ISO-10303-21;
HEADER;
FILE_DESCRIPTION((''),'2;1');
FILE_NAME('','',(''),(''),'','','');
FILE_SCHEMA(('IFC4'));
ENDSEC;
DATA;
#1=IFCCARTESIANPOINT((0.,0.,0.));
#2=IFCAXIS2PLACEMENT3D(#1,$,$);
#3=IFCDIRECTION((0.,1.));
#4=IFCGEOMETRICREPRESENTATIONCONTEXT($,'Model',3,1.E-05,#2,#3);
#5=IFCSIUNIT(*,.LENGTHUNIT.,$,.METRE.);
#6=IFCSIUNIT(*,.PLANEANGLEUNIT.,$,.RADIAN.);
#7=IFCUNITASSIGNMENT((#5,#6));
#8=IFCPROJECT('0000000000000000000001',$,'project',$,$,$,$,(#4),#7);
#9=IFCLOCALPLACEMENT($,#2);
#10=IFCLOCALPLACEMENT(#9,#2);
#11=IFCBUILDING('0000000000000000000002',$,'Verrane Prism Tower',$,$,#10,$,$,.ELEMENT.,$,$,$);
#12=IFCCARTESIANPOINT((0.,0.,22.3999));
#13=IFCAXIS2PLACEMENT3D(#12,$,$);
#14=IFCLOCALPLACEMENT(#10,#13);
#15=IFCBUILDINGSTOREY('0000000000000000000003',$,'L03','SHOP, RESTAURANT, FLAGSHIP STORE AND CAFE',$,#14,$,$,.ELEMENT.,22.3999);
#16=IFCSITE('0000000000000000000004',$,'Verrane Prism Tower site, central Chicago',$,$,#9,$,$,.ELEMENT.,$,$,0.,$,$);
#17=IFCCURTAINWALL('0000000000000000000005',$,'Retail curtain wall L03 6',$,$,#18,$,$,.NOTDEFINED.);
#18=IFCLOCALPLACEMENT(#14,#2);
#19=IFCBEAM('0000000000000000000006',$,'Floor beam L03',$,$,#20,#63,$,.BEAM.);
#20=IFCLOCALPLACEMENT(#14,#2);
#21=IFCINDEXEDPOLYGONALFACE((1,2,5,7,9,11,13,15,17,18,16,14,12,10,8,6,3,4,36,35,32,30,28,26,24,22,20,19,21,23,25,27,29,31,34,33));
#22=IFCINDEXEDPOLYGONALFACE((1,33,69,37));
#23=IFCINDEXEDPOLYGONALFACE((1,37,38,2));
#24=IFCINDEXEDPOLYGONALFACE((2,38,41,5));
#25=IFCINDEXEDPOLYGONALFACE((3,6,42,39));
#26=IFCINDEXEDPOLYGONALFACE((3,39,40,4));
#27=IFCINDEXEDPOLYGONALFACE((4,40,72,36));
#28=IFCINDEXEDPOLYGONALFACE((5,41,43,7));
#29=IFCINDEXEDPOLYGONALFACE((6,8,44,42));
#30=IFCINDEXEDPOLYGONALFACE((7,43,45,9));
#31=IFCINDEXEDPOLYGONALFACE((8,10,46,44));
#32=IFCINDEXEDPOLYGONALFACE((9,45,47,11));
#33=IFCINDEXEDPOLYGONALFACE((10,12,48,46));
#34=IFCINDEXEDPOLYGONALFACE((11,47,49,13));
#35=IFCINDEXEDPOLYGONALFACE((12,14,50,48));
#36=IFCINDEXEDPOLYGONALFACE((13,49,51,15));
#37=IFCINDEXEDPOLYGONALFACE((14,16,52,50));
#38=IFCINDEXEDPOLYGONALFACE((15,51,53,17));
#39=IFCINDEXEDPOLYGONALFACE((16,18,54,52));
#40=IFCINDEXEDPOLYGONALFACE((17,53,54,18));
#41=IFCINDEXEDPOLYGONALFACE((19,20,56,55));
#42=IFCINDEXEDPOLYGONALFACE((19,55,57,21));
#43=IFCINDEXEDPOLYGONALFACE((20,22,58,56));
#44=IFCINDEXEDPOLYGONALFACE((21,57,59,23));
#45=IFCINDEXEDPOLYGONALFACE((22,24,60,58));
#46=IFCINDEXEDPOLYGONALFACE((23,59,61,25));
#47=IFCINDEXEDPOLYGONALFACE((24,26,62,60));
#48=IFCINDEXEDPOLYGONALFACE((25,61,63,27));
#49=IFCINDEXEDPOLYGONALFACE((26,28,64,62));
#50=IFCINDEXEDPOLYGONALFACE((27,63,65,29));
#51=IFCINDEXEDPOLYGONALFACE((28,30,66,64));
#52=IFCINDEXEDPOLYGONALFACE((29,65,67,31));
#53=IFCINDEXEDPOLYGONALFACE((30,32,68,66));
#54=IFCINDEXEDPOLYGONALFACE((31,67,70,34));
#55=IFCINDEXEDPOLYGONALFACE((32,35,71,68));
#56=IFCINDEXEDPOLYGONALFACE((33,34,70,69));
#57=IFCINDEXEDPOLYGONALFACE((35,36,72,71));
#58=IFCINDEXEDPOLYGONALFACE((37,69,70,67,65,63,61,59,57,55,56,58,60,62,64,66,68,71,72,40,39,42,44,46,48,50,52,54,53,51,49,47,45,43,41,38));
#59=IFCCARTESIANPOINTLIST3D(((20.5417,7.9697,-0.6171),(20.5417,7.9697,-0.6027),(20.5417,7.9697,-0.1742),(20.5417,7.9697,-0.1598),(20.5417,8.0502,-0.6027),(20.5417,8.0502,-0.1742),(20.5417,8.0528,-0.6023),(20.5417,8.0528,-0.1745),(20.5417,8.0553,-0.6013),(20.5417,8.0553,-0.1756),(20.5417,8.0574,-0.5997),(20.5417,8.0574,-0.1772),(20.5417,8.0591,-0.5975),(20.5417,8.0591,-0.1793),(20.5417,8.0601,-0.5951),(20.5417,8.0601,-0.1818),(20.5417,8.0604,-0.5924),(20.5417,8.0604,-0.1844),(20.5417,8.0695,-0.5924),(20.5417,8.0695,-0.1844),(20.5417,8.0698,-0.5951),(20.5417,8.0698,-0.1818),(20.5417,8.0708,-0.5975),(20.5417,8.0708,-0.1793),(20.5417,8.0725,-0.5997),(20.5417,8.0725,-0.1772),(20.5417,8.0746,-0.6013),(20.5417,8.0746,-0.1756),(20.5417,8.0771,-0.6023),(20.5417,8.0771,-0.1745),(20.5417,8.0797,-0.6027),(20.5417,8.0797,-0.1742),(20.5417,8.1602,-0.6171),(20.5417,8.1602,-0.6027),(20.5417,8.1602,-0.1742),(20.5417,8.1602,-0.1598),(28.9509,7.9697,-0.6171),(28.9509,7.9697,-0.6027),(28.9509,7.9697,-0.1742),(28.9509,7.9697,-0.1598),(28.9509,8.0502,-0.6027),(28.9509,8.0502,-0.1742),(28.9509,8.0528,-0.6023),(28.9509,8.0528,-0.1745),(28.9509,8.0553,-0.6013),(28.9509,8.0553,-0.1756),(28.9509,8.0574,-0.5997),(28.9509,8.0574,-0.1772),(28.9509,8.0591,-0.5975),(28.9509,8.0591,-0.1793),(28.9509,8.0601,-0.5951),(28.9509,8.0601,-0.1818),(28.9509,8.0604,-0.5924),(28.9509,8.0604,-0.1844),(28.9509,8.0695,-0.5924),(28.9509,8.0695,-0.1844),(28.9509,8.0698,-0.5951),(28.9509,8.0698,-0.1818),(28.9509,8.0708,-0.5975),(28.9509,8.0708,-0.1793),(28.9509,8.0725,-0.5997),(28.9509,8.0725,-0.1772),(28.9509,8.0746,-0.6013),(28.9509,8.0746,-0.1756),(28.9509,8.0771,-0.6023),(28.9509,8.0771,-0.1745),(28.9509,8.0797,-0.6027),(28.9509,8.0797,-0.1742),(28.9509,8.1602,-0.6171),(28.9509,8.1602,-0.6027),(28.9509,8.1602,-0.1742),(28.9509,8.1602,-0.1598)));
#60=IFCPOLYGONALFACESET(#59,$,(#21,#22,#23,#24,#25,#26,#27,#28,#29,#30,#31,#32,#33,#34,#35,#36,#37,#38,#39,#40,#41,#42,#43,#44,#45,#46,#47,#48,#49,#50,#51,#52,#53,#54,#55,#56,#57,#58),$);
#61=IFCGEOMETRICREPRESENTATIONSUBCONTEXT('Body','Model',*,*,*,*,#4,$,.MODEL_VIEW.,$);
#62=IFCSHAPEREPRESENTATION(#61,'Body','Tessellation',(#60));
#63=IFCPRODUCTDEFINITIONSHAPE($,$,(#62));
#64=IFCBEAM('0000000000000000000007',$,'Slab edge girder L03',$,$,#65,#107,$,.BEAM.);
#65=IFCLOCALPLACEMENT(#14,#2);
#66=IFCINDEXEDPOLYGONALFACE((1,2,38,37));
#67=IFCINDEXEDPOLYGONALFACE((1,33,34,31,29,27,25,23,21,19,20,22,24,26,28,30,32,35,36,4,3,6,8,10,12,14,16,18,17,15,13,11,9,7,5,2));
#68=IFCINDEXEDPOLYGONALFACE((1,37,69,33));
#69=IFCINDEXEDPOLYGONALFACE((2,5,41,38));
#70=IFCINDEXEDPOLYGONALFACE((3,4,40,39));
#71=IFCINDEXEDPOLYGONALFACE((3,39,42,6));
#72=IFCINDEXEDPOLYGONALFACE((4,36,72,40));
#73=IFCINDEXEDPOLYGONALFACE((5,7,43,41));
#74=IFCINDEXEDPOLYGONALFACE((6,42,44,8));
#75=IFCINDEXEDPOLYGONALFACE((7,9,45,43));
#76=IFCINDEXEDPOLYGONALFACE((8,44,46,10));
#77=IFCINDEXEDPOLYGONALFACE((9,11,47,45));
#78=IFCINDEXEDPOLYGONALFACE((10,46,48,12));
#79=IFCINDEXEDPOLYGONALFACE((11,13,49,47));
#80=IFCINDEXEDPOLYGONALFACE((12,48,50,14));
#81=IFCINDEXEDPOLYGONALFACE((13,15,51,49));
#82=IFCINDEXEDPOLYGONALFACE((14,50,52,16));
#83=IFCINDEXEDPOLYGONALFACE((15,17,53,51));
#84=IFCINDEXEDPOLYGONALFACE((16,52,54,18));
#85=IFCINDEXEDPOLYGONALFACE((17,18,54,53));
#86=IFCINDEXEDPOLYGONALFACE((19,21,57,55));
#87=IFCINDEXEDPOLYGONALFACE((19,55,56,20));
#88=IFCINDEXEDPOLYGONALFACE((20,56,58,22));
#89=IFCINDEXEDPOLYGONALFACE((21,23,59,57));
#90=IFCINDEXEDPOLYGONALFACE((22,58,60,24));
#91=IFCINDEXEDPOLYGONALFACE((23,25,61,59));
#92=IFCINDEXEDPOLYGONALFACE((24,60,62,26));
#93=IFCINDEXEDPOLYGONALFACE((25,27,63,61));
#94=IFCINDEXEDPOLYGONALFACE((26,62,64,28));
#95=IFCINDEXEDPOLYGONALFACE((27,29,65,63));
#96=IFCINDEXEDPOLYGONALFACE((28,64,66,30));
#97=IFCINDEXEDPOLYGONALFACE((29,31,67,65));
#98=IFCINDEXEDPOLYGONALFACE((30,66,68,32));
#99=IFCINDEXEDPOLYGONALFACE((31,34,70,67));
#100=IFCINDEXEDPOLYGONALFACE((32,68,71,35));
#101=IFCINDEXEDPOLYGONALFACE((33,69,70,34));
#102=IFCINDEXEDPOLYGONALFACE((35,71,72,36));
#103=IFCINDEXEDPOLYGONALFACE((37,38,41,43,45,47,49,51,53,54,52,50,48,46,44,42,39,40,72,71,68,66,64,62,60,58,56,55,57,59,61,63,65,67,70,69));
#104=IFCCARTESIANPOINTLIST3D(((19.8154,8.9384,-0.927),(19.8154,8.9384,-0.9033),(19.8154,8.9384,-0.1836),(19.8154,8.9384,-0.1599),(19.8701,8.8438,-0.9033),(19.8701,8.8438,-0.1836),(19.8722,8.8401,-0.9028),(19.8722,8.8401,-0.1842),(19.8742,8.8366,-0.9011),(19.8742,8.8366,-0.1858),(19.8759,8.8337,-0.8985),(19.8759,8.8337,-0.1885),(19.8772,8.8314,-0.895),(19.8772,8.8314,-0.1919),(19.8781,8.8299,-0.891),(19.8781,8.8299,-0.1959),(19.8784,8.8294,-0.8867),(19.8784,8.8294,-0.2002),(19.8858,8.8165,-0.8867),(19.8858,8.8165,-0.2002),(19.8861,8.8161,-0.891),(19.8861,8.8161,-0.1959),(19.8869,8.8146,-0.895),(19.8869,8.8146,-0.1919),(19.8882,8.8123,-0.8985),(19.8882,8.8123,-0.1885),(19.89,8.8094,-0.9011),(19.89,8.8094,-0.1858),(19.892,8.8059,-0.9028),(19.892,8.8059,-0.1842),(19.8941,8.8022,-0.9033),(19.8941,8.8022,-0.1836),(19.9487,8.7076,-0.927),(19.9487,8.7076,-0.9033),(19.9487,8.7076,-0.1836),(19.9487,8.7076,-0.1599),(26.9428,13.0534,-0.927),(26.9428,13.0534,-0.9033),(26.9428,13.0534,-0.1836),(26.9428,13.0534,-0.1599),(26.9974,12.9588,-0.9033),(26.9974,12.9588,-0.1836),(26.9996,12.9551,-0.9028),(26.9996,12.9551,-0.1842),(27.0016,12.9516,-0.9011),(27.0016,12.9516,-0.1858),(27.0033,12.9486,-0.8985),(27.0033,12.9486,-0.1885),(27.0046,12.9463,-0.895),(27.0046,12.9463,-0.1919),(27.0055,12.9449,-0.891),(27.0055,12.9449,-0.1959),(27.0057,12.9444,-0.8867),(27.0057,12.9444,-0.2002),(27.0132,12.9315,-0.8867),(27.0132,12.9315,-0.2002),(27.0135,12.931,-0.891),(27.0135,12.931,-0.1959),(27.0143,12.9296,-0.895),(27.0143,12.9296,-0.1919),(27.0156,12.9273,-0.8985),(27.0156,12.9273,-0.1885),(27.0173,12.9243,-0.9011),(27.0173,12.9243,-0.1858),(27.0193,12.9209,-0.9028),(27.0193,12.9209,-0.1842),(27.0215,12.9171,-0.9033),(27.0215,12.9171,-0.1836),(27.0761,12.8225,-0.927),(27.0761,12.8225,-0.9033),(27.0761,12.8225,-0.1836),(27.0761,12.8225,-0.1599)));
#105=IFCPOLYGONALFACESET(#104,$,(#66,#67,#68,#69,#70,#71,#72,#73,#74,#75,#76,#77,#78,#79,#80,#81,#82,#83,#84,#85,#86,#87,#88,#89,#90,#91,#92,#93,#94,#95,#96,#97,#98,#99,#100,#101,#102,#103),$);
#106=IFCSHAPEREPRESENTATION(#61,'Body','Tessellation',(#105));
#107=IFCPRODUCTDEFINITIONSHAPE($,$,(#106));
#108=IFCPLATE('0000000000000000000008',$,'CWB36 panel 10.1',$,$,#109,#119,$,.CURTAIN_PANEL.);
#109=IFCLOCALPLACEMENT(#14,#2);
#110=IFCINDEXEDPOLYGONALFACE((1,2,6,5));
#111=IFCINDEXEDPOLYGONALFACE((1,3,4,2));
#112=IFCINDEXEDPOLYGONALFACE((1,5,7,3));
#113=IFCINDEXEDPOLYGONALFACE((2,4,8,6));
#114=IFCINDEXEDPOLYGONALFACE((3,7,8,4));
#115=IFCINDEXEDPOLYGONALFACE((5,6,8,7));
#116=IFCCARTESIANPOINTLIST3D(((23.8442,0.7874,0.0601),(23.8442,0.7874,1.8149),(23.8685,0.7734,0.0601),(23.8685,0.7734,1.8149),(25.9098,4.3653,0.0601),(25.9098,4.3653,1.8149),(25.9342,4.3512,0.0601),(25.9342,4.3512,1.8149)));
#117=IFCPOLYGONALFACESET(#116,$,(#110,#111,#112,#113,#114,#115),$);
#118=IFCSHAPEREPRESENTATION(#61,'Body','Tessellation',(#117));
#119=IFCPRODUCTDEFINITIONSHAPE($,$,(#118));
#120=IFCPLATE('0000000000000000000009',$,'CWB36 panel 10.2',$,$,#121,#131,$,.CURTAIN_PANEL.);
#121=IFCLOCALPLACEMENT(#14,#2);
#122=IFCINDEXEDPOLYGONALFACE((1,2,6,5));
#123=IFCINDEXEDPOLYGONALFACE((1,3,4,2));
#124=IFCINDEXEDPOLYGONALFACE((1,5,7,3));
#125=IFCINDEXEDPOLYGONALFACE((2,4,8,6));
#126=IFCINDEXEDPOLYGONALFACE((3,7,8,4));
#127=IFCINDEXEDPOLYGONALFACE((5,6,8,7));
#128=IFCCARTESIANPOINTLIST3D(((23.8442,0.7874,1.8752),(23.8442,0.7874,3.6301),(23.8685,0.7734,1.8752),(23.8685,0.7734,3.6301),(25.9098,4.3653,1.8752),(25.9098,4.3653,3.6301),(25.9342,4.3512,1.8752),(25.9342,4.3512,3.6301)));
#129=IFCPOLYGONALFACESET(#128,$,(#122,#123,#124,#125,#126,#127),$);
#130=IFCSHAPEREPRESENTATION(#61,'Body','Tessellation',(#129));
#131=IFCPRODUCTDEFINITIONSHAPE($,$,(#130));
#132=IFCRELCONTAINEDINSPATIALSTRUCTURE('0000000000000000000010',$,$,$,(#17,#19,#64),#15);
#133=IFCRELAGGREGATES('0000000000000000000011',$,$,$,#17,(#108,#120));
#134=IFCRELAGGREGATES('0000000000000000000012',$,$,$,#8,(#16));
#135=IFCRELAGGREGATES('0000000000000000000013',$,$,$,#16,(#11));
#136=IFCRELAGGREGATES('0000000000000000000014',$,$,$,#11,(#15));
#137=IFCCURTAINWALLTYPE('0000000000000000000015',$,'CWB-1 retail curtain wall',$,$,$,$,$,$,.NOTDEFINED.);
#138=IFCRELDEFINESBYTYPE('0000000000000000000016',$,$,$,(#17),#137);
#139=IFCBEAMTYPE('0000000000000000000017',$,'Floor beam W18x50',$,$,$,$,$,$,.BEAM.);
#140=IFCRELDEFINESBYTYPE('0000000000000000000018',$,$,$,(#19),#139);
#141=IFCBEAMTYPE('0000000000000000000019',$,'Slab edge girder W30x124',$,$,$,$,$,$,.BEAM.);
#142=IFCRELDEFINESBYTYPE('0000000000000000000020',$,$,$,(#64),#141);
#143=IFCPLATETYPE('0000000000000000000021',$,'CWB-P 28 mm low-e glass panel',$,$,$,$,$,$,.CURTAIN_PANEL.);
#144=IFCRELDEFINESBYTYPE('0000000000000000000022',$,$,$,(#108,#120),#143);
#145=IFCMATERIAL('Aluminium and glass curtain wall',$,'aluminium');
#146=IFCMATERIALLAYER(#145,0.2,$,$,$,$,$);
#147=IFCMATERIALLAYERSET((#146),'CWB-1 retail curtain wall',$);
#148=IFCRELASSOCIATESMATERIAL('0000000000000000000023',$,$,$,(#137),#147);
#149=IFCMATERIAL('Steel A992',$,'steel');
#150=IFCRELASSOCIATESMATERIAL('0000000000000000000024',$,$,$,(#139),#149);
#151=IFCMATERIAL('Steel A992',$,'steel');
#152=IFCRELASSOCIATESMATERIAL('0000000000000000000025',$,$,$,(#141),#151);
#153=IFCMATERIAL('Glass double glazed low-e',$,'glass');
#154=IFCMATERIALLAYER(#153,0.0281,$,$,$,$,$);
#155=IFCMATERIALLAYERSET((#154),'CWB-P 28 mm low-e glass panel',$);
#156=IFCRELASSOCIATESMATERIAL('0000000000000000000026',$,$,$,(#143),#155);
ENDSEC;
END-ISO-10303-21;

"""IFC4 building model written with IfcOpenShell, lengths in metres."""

from ifc_helpers import new_model, si_unit, direction, frame, origin, origin_2d, place, context, subcontext, project, spatial, rectangle, i_section, extrude, material, layer, layer_set, material_profile, profile_set, type_object, element, aggregate, save


model = new_model("IFC4")

# Units and contexts
model_context = context("Model", 3, precision=1e-05, world=origin(), true_north=direction((0.0, 1.0)))
body_context = subcontext(model_context, "Body", "Model", "MODEL_VIEW")
ifc_project = project(units=[si_unit("LENGTHUNIT", "METRE"), si_unit("PLANEANGLEUNIT", "RADIAN")], contexts=[model_context])

# Site, building, storey
site_placement = place(None, origin())
site = spatial("IfcSite", under=ifc_project, at=site_placement, Name="Verrane Prism Tower site, central Chicago", CompositionType="ELEMENT", RefElevation=0.0)
building_placement = place(site_placement, origin())
building = spatial("IfcBuilding", under=site, at=building_placement, Name="Verrane Prism Tower", CompositionType="ELEMENT")
storey_placement = place(building_placement, frame((0.0, 0.0, 22.3999)))
storey = spatial("IfcBuildingStorey", under=building, at=storey_placement, Name="L03", Description="SHOP, RESTAURANT, FLAGSHIP STORE AND CAFE", CompositionType="ELEMENT", Elevation=22.3999)

# Curtain wall
ifc_material_1 = material(Name="Aluminium and glass curtain wall", Category="aluminium")
ifc_layer_1 = layer(ifc_material_1, 0.2)
ifc_layer_set_1 = layer_set([ifc_layer_1], Name="CWB-1 retail curtain wall")
curtain_wall_type = type_object("IfcCurtainWallType", Name="CWB-1 retail curtain wall", PredefinedType="NOTDEFINED", material=ifc_layer_set_1)
curtain_wall_placement = place(storey_placement, origin())
curtain_wall = element("IfcCurtainWall", 1, at=curtain_wall_placement, inside=storey, type_object=curtain_wall_type, Name="Retail curtain wall L03 6", PredefinedType="NOTDEFINED")

# Beams
ifc_material_2 = material(Name="Steel A992", Category="steel")
ifc_material_profile_1 = material_profile(ifc_material_2, i_section(OverallWidth=0.1904, OverallDepth=0.4573, WebThickness=0.009, FlangeThickness=0.0144, FilletRadius=0.0103, at=origin_2d()), Name="W18x50")
ifc_profile_set_1 = profile_set([ifc_material_profile_1], Name="Steel A992")
beam_type_1 = type_object("IfcBeamType", Name="Floor beam W18x50", PredefinedType="BEAM", material=ifc_profile_set_1)
beam_1_placement = place(storey_placement, frame((20.5417, 8.0649, -0.3884), z_axis=(1.0, 0.0, 0.0), x_axis=(0.0, 1.0, 0.0)))
element("IfcBeam", 2, at=beam_1_placement, inside=storey, type_object=beam_type_1, Name="Floor beam L03", PredefinedType="BEAM", context=body_context, shape_type="SweptSolid", body=[
    extrude(i_section(OverallWidth=0.1904, OverallDepth=0.4573, WebThickness=0.009, FlangeThickness=0.0144, FilletRadius=0.0103, at=origin_2d()), origin(), (0.0, 0.0, 1.0), 8.4092),
])
ifc_material_3 = material(Name="Steel A992", Category="steel")
ifc_material_profile_2 = material_profile(ifc_material_3, i_section(OverallWidth=0.2666, OverallDepth=0.7671, WebThickness=0.0149, FlangeThickness=0.0237, FilletRadius=0.0166, at=origin_2d()), Name="W30x124")
ifc_profile_set_2 = profile_set([ifc_material_profile_2], Name="Steel A992")
beam_type_2 = type_object("IfcBeamType", Name="Slab edge girder W30x124", PredefinedType="BEAM", material=ifc_profile_set_2)
beam_2_placement = place(storey_placement, frame((19.8821, 8.823, -0.5435), z_axis=(0.866028, 0.499996, 0.0), x_axis=(-0.499996, 0.866028, 0.0)))
element("IfcBeam", 3, at=beam_2_placement, inside=storey, type_object=beam_type_2, Name="Slab edge girder L03", PredefinedType="BEAM", context=body_context, shape_type="SweptSolid", body=[
    extrude(i_section(OverallWidth=0.2666, OverallDepth=0.7671, WebThickness=0.0149, FlangeThickness=0.0237, FilletRadius=0.0166, at=origin_2d()), origin(), (0.0, 0.0, 1.0), 8.23),
])

# Plates
ifc_material_4 = material(Name="Glass double glazed low-e", Category="glass")
ifc_layer_2 = layer(ifc_material_4, 0.0281)
ifc_layer_set_2 = layer_set([ifc_layer_2], Name="CWB-P 28 mm low-e glass panel")
plate_type = type_object("IfcPlateType", Name="CWB-P 28 mm low-e glass panel", PredefinedType="CURTAIN_PANEL", material=ifc_layer_set_2)
plate_1_placement = place(storey_placement, frame((24.8892, 2.5693, 0.0601), z_axis=(0.0, 0.0, 1.0), x_axis=(0.5, 0.866025, 0.0)))
plate_1 = element("IfcPlate", 4, at=plate_1_placement, type_object=plate_type, Name="CWB36 panel 10.1", PredefinedType="CURTAIN_PANEL", context=body_context, shape_type="SweptSolid", body=[
    extrude(rectangle(XDim=4.1313, YDim=0.0281, at=origin_2d()), origin(), (0.0, 0.0, 1.0), 1.7549),
])
plate_2_placement = place(storey_placement, frame((24.8892, 2.5693, 1.8752), z_axis=(0.0, 0.0, 1.0), x_axis=(0.5, 0.866025, 0.0)))
plate_2 = element("IfcPlate", 5, at=plate_2_placement, type_object=plate_type, Name="CWB36 panel 10.2", PredefinedType="CURTAIN_PANEL", context=body_context, shape_type="SweptSolid", body=[
    extrude(rectangle(XDim=4.1313, YDim=0.0281, at=origin_2d()), origin(), (0.0, 0.0, 1.0), 1.7549),
])
aggregate(curtain_wall, [plate_1, plate_2])

save(model, "model.ifc")
